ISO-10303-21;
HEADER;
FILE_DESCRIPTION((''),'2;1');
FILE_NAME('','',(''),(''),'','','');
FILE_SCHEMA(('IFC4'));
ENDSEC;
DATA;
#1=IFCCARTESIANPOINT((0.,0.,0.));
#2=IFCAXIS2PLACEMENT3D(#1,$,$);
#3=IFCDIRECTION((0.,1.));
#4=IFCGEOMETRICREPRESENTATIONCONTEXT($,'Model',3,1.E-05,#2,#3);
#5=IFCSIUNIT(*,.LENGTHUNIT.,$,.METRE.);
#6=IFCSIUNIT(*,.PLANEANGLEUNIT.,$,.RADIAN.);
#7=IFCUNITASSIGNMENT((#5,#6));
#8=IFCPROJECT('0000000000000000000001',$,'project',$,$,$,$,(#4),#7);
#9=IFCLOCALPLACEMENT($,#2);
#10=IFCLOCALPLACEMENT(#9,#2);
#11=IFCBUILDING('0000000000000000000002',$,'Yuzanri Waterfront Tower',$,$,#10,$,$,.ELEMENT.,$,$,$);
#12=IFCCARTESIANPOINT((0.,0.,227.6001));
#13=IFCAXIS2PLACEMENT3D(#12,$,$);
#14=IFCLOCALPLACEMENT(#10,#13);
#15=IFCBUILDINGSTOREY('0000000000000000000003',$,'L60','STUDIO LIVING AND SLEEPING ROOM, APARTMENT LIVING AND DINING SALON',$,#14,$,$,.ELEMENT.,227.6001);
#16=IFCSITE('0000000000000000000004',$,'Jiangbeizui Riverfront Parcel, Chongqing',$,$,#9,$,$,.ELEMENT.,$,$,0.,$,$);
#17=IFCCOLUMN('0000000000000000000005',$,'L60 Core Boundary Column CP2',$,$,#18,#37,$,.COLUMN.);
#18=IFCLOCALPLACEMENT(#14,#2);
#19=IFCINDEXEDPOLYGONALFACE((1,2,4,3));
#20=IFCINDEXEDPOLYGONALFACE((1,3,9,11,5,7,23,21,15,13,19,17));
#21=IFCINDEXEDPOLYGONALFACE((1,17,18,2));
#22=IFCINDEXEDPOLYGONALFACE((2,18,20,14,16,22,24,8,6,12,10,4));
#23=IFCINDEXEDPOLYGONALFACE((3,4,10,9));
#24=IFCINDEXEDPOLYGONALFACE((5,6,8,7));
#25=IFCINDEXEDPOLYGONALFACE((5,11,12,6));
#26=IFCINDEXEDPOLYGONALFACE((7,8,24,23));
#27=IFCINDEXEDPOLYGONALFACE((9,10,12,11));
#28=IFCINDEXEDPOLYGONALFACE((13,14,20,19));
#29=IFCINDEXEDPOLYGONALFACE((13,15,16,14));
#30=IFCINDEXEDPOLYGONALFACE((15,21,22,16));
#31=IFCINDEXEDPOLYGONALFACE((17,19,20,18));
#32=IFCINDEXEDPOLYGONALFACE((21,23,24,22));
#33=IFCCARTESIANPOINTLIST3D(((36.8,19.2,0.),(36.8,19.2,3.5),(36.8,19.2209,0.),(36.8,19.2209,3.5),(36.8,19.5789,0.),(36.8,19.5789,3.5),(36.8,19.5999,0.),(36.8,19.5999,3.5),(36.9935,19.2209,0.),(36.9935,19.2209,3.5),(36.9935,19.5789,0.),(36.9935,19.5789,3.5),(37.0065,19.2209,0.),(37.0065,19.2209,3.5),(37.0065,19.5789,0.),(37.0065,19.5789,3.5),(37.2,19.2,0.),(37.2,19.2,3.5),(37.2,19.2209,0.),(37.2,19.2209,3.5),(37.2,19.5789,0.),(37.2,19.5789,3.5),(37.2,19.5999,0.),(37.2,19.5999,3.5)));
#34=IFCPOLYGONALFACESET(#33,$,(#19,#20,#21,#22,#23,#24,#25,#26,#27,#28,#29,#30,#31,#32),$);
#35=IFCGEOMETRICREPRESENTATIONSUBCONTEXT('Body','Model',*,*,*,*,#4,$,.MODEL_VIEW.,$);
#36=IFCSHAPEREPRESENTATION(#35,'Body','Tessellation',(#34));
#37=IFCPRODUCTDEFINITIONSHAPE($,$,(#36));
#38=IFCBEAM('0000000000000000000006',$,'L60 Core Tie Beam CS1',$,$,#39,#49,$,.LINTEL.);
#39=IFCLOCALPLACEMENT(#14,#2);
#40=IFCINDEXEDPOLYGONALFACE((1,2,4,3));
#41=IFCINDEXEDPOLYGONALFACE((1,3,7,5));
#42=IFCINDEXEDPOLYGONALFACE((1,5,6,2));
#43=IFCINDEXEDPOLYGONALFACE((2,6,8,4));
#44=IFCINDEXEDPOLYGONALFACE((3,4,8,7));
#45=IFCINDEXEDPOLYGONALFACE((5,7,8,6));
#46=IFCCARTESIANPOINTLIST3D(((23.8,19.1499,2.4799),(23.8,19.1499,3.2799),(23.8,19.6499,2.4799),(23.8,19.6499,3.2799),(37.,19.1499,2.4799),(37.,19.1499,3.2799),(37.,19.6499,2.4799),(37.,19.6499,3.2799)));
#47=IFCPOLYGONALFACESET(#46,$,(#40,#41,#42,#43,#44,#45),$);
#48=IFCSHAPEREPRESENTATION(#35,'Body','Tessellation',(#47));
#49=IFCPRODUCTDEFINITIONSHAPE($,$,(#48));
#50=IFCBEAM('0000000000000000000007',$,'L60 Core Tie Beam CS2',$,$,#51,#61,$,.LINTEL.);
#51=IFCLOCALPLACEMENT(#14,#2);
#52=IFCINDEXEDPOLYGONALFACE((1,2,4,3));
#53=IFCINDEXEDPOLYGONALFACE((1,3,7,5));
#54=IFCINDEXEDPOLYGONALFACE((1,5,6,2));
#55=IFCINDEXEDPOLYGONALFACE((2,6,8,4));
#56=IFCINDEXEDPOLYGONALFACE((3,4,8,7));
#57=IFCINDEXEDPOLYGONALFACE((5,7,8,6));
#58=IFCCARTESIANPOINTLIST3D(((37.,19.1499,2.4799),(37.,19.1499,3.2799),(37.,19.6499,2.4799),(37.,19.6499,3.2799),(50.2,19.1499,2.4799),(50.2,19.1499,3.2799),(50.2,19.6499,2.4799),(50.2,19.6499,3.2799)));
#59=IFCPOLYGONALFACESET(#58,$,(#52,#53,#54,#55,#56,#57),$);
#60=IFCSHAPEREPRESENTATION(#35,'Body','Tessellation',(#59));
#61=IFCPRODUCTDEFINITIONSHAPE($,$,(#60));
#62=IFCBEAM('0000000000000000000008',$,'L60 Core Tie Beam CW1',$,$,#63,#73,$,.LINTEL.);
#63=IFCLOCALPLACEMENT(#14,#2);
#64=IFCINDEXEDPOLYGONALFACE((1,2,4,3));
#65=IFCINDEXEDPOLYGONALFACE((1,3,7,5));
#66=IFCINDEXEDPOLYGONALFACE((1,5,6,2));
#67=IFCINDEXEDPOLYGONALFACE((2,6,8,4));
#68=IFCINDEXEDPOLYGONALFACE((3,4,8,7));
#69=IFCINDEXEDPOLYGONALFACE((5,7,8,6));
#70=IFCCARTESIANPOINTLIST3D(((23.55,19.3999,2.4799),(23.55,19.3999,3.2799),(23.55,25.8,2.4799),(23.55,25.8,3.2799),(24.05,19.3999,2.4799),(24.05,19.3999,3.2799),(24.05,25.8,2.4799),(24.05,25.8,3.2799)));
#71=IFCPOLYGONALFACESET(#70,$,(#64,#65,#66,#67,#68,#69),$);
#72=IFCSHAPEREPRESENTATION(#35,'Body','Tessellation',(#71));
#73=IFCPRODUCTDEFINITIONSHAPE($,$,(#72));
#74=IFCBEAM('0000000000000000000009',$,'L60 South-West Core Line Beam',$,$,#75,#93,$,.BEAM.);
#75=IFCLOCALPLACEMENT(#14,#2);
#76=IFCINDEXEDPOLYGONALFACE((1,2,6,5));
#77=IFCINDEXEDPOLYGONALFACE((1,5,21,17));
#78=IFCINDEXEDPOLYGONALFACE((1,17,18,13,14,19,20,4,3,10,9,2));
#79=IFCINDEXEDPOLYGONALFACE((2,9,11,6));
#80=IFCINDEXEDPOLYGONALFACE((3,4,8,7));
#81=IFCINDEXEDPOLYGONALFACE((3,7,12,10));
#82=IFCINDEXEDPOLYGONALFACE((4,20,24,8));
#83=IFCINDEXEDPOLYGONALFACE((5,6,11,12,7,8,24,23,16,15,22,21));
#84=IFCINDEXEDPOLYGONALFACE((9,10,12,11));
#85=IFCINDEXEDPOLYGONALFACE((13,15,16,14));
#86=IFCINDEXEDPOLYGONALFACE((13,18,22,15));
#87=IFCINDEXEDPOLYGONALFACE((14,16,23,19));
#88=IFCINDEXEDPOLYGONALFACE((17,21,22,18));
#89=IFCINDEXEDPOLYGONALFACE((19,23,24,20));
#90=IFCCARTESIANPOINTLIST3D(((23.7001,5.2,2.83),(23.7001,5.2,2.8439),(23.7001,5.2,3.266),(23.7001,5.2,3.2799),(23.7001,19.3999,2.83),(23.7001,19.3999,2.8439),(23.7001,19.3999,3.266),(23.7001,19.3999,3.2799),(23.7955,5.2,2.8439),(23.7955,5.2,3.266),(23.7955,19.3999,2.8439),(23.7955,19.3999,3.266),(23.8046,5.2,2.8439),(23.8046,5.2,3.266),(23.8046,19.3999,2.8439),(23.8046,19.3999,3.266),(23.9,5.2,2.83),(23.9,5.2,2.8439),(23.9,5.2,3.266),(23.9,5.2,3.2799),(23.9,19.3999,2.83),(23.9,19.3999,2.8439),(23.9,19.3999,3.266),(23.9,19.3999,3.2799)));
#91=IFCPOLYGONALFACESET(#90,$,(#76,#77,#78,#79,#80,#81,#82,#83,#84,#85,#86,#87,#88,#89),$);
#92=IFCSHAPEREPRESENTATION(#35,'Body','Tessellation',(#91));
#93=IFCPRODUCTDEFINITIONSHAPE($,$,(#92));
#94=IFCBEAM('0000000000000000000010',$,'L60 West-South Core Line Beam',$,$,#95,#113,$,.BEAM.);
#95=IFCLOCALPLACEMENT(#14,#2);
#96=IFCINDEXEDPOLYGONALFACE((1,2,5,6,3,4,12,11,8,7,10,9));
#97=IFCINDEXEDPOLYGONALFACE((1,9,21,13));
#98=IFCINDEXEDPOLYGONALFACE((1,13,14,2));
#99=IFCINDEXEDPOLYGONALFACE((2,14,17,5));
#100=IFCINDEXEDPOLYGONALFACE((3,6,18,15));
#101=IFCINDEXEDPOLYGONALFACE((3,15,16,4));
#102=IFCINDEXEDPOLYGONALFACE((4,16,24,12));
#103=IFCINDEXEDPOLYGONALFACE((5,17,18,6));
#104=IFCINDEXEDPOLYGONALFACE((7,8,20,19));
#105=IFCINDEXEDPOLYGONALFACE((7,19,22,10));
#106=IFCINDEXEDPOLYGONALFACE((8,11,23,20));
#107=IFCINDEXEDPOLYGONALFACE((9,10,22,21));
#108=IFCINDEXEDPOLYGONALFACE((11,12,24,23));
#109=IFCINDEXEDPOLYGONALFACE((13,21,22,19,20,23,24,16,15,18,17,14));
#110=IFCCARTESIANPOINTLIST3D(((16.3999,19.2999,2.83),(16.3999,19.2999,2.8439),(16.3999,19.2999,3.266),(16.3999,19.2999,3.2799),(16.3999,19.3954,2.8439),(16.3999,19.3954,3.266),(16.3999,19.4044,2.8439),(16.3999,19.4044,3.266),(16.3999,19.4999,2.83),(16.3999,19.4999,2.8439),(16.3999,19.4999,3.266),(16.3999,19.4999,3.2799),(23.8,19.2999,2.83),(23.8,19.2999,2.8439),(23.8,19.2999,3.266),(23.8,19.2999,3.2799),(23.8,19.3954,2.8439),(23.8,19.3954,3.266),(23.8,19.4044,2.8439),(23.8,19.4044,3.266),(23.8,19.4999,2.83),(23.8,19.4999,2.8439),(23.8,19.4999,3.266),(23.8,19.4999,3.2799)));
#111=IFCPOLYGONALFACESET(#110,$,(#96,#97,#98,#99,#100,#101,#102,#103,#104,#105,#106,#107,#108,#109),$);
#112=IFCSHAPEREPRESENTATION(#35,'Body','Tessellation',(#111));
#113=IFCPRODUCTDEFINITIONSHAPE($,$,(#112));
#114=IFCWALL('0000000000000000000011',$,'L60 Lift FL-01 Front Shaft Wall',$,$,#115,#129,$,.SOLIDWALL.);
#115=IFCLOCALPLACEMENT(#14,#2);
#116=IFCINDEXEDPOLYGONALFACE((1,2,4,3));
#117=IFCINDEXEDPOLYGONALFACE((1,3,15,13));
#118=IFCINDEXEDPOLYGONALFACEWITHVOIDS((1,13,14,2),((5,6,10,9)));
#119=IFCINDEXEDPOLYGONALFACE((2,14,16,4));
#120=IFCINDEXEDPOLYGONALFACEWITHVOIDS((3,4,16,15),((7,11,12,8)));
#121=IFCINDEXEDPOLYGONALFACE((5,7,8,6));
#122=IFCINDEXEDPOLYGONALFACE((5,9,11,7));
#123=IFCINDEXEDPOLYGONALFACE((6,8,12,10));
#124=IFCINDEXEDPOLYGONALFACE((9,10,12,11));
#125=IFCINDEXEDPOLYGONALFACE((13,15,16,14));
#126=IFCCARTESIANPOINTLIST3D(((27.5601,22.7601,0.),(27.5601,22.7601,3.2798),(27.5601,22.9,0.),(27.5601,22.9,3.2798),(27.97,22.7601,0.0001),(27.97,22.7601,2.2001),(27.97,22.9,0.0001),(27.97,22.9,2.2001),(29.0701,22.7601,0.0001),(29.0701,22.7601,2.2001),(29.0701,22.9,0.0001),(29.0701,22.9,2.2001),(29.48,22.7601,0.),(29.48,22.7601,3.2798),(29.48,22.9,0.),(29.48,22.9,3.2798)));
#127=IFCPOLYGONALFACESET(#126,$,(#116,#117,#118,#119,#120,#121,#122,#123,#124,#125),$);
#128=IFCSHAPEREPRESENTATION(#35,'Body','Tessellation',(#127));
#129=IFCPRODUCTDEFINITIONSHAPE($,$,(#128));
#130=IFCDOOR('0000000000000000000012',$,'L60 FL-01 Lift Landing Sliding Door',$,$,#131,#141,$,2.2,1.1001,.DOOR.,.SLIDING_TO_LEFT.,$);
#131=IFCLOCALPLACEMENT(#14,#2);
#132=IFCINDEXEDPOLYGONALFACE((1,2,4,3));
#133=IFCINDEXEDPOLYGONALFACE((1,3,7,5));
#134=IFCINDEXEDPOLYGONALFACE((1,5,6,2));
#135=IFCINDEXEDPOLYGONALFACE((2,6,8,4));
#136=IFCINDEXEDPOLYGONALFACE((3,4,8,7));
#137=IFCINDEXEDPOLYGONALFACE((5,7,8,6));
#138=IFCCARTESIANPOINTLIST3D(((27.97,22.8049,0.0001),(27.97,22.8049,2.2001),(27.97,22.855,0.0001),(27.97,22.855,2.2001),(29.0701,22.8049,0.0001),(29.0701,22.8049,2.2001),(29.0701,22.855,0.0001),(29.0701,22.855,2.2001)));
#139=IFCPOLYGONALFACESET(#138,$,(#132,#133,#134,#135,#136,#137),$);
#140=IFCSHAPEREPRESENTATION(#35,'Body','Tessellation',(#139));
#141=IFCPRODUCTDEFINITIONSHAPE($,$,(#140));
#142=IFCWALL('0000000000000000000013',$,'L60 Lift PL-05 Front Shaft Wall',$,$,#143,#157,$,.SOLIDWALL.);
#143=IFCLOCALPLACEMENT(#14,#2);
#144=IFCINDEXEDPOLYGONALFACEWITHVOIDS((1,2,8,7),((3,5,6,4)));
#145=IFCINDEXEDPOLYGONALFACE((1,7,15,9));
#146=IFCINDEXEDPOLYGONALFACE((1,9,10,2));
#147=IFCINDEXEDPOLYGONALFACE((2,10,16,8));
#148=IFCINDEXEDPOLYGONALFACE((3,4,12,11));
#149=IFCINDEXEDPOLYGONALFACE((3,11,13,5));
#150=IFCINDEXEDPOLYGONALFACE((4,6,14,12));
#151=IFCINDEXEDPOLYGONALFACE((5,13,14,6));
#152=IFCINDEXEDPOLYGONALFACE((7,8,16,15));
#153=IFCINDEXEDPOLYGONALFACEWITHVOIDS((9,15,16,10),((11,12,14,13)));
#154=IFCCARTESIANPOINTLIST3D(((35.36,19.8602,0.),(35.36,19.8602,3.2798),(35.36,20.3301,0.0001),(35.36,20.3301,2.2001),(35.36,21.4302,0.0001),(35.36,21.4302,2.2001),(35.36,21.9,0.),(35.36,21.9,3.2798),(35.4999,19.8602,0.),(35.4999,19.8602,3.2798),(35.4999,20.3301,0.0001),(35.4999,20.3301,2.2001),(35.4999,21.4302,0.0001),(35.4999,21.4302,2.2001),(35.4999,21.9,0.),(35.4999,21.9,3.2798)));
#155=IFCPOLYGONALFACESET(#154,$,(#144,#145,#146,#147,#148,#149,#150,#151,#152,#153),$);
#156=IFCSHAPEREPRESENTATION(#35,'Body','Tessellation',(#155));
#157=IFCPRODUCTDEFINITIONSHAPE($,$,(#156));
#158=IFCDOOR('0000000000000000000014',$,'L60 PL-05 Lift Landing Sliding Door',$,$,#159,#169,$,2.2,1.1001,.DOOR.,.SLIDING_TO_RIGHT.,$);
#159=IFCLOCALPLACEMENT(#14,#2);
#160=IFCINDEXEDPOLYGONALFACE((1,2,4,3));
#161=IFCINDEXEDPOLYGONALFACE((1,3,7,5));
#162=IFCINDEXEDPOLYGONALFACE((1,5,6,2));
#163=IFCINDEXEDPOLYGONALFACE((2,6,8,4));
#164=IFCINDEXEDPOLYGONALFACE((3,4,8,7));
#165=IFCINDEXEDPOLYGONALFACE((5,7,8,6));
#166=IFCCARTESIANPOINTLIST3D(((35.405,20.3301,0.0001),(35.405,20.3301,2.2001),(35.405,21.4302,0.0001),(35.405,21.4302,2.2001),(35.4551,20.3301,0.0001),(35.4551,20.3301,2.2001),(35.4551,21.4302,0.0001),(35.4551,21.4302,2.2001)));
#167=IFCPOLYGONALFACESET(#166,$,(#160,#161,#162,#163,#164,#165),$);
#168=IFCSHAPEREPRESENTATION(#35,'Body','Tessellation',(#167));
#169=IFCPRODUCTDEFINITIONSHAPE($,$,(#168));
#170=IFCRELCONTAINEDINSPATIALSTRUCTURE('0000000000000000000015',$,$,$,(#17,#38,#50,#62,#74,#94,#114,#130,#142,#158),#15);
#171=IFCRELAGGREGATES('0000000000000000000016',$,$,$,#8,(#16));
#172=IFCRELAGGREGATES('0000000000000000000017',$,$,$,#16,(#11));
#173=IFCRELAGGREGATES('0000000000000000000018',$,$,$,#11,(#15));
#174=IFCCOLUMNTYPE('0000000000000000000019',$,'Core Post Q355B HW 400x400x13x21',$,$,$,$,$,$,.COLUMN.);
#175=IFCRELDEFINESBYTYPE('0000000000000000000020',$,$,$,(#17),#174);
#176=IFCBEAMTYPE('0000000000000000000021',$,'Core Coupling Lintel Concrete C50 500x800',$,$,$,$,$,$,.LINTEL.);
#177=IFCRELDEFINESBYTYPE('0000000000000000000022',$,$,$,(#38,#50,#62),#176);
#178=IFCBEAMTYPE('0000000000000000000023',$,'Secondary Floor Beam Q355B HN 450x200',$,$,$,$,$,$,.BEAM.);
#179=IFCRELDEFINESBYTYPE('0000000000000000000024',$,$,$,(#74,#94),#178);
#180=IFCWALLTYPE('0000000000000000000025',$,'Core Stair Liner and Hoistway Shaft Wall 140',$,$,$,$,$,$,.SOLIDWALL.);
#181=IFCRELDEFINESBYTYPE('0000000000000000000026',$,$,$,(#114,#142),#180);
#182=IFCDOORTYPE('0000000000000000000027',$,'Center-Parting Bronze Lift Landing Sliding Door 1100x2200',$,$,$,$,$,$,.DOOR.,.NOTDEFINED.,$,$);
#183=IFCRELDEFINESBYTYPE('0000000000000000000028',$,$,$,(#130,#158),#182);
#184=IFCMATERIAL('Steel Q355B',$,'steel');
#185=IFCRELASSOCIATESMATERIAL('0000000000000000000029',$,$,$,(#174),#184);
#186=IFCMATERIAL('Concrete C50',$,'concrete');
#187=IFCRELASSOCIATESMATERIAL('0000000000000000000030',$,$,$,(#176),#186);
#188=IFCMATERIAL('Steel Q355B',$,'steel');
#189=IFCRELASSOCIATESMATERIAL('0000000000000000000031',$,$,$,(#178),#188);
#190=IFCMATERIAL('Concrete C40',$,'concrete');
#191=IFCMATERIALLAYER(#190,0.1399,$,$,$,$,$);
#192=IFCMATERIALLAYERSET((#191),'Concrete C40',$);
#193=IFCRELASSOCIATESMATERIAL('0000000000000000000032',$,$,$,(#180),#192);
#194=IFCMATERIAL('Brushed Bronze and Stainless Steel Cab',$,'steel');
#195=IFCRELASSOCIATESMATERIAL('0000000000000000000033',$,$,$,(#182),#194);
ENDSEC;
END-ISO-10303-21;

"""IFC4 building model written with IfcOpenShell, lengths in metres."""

from ifc_helpers import new_model, si_unit, direction, frame, frame_2d, origin, origin_2d, place, context, subcontext, project, spatial, rectangle, i_section, extrude, source, transform, mapped, material, layer, layer_set, material_profile, profile_set, type_object, element, fill, save


model = new_model("IFC4")

# Units and contexts
model_context = context("Model", 3, precision=1e-05, world=origin(), true_north=direction((0.0, 1.0)))
body_context = subcontext(model_context, "Body", "Model", "MODEL_VIEW")
ifc_project = project(units=[si_unit("LENGTHUNIT", "METRE"), si_unit("PLANEANGLEUNIT", "RADIAN")], contexts=[model_context])

# Site, building, storey
site_placement = place(None, origin())
site = spatial("IfcSite", under=ifc_project, at=site_placement, Name="Jiangbeizui Riverfront Parcel, Chongqing", CompositionType="ELEMENT", RefElevation=0.0)
building_placement = place(site_placement, origin())
building = spatial("IfcBuilding", under=site, at=building_placement, Name="Yuzanri Waterfront Tower", CompositionType="ELEMENT")
storey_placement = place(building_placement, frame((0.0, 0.0, 227.6001)))
storey = spatial("IfcBuildingStorey", under=building, at=storey_placement, Name="L60", Description="STUDIO LIVING AND SLEEPING ROOM, APARTMENT LIVING AND DINING SALON", CompositionType="ELEMENT", Elevation=227.6001)

# Column
ifc_material_1 = material(Name="Steel Q355B", Category="steel")
ifc_material_profile_1 = material_profile(ifc_material_1, i_section(OverallWidth=0.3999, OverallDepth=0.3999, WebThickness=0.0129, FlangeThickness=0.021, at=origin_2d()), Name="HW 400x400x13x21")
ifc_profile_set_1 = profile_set([ifc_material_profile_1], Name="Steel Q355B")
column_type = type_object("IfcColumnType", Name="Core Post Q355B HW 400x400x13x21", PredefinedType="COLUMN", material=ifc_profile_set_1)
shared_shape_1 = source(origin(), body_context, "Body", "SweptSolid", [
    extrude(i_section(OverallWidth=0.3999, OverallDepth=0.3999, WebThickness=0.0129, FlangeThickness=0.021, at=origin_2d()), origin(), (0.0, 0.0, 1.0), 3.5),
])
column_placement = place(storey_placement, frame((37.0, 19.3999, 0.0), z_axis=(0.0, 0.0, 1.0), x_axis=(1.0, 0.0, 0.0)))
element("IfcColumn", 1, at=column_placement, inside=storey, type_object=column_type, Name="L60 Core Boundary Column CP2", PredefinedType="COLUMN", context=body_context, shape_type="MappedRepresentation", body=[
    mapped(shared_shape_1, transform((0.0, 0.0, 0.0), scale=1.0)),
])

# Beams
ifc_material_2 = material(Name="Concrete C50", Category="concrete")
ifc_material_profile_2 = material_profile(ifc_material_2, rectangle(XDim=0.5, YDim=0.8, at=origin_2d()), Name="RC 500x800")
ifc_profile_set_2 = profile_set([ifc_material_profile_2], Name="Concrete C50")
beam_type_1 = type_object("IfcBeamType", Name="Core Coupling Lintel Concrete C50 500x800", PredefinedType="LINTEL", material=ifc_profile_set_2)
shared_shape_2 = source(origin(), body_context, "Body", "SweptSolid", [
    extrude(rectangle(XDim=0.5, YDim=0.8, at=origin_2d()), origin(), (0.0, 0.0, 1.0), 13.2),
])
for number, where, z_axis, x_axis, name in (
    (2, (23.8, 19.3999, 2.8799), (1.0, 0.0, 0.0), (0.0, 1.0, 0.0), "L60 Core Tie Beam CS1"),
    (3, (37.0, 19.3999, 2.8799), (1.0, 0.0, 0.0), (0.0, 1.0, 0.0), "L60 Core Tie Beam CS2"),
):
    element("IfcBeam", number, at=place(storey_placement, frame(where, z_axis=z_axis, x_axis=x_axis)), inside=storey, type_object=beam_type_1, Name=name, PredefinedType="LINTEL", context=body_context, shape_type="MappedRepresentation", body=[
        mapped(shared_shape_2, transform((0.0, 0.0, 0.0), scale=1.0)),
    ])
shared_shape_3 = source(origin(), body_context, "Body", "SweptSolid", [
    extrude(rectangle(XDim=0.5, YDim=0.8, at=origin_2d()), origin(), (0.0, 0.0, 1.0), 6.4001),
])
beam_1_placement = place(storey_placement, frame((23.8, 19.3999, 2.8799), z_axis=(0.0, 1.0, 0.0), x_axis=(-1.0, 0.0, 0.0)))
element("IfcBeam", 4, at=beam_1_placement, inside=storey, type_object=beam_type_1, Name="L60 Core Tie Beam CW1", PredefinedType="LINTEL", context=body_context, shape_type="MappedRepresentation", body=[
    mapped(shared_shape_3, transform((0.0, 0.0, 0.0), scale=1.0)),
])
ifc_material_3 = material(Name="Steel Q355B", Category="steel")
ifc_material_profile_3 = material_profile(ifc_material_3, i_section(OverallWidth=0.2, OverallDepth=0.45, WebThickness=0.009, FlangeThickness=0.0139, at=origin_2d()), Name="HN 450x200x9x14")
ifc_profile_set_3 = profile_set([ifc_material_profile_3], Name="Steel Q355B")
beam_type_2 = type_object("IfcBeamType", Name="Secondary Floor Beam Q355B HN 450x200", PredefinedType="BEAM", material=ifc_profile_set_3)
shared_shape_4 = source(origin(), body_context, "Body", "SweptSolid", [
    extrude(i_section(OverallWidth=0.2, OverallDepth=0.45, WebThickness=0.009, FlangeThickness=0.0139, at=origin_2d()), origin(), (0.0, 0.0, 1.0), 14.2),
])
beam_2_placement = place(storey_placement, frame((23.8, 19.3999, 3.0549), z_axis=(0.0, -1.0, 0.0), x_axis=(1.0, 0.0, 0.0)))
element("IfcBeam", 5, at=beam_2_placement, inside=storey, type_object=beam_type_2, Name="L60 South-West Core Line Beam", PredefinedType="BEAM", context=body_context, shape_type="MappedRepresentation", body=[
    mapped(shared_shape_4, transform((0.0, 0.0, 0.0), scale=1.0)),
])
shared_shape_5 = source(origin(), body_context, "Body", "SweptSolid", [
    extrude(i_section(OverallWidth=0.2, OverallDepth=0.45, WebThickness=0.009, FlangeThickness=0.0139, at=origin_2d()), origin(), (0.0, 0.0, 1.0), 7.4001),
])
beam_3_placement = place(storey_placement, frame((23.8, 19.3999, 3.0549), z_axis=(-1.0, 0.0, 0.0), x_axis=(0.0, -1.0, 0.0)))
element("IfcBeam", 6, at=beam_3_placement, inside=storey, type_object=beam_type_2, Name="L60 West-South Core Line Beam", PredefinedType="BEAM", context=body_context, shape_type="MappedRepresentation", body=[
    mapped(shared_shape_5, transform((0.0, 0.0, 0.0), scale=1.0)),
])

# Walls, openings, doors
ifc_material_4 = material(Name="Concrete C40", Category="concrete")
ifc_layer_1 = layer(ifc_material_4, 0.1399)
ifc_layer_set_1 = layer_set([ifc_layer_1], Name="Concrete C40")
wall_type_1 = type_object("IfcWallType", Name="Core Stair Liner and Hoistway Shaft Wall 140", PredefinedType="SOLIDWALL", material=ifc_layer_set_1)
wall_1_placement = place(storey_placement, frame((27.5601, 22.8301, 0.0), z_axis=(0.0, 0.0, 1.0), x_axis=(1.0, 0.0, 0.0)))
wall_1 = element("IfcWall", 7, at=wall_1_placement, inside=storey, type_object=wall_type_1, Name="L60 Lift FL-01 Front Shaft Wall", PredefinedType="SOLIDWALL", context=body_context, shape_type="SweptSolid", body=[
    extrude(rectangle(XDim=1.9199, YDim=0.1399, at=frame_2d((0.96, 0.0))), origin(), (0.0, 0.0, 1.0), 3.2798),
])
opening_1_placement = place(wall_1_placement, frame((0.4099, 0.0, 0.0)))
opening_1 = element("IfcOpeningElement", 8, at=opening_1_placement, cuts=wall_1, PredefinedType="OPENING", context=body_context, shape_type="SweptSolid", body=[
    extrude(rectangle(XDim=1.1001, YDim=2.2, at=frame_2d((0.55, 1.1001))), frame((0.0, 0.085, 0.0), z_axis=(0.0, -1.0, 0.0), x_axis=(1.0, 0.0, 0.0)), (0.0, 0.0, 1.0), 0.1697),
])
ifc_material_5 = material(Name="Brushed Bronze and Stainless Steel Cab", Category="steel")
door_type_1 = type_object("IfcDoorType", Name="Center-Parting Bronze Lift Landing Sliding Door 1100x2200", OperationType="NOTDEFINED", PredefinedType="DOOR", material=ifc_material_5)
shared_shape_6 = source(origin(), body_context, "Body", "SweptSolid", [
    extrude(rectangle(XDim=1.1001, YDim=2.2, at=frame_2d((0.55, 1.1001))), frame((0.0, 0.0249, 0.0), z_axis=(0.0, -1.0, 0.0), x_axis=(1.0, 0.0, 0.0)), (0.0, 0.0, 1.0), 0.05),
])
door_1_placement = place(opening_1_placement, origin())
door_1 = element("IfcDoor", 9, at=door_1_placement, inside=storey, type_object=door_type_1, Name="L60 FL-01 Lift Landing Sliding Door", OperationType="SLIDING_TO_LEFT", OverallHeight=2.2, OverallWidth=1.1001, PredefinedType="DOOR", context=body_context, shape_type="MappedRepresentation", body=[
    mapped(shared_shape_6, transform((0.0, 0.0, 0.0), scale=1.0)),
])
fill(opening_1, door_1)
wall_2_placement = place(storey_placement, frame((35.4299, 19.8601, 0.0), z_axis=(0.0, 0.0, 1.0), x_axis=(0.0, 1.0, 0.0)))
wall_2 = element("IfcWall", 10, at=wall_2_placement, inside=storey, type_object=wall_type_1, Name="L60 Lift PL-05 Front Shaft Wall", PredefinedType="SOLIDWALL", context=body_context, shape_type="SweptSolid", body=[
    extrude(rectangle(XDim=2.0398, YDim=0.1399, at=frame_2d((1.02, 0.0))), origin(), (0.0, 0.0, 1.0), 3.2798),
])
opening_2_placement = place(wall_2_placement, frame((0.47, 0.0, 0.0)))
opening_2 = element("IfcOpeningElement", 11, at=opening_2_placement, cuts=wall_2, PredefinedType="OPENING", context=body_context, shape_type="SweptSolid", body=[
    extrude(rectangle(XDim=1.1001, YDim=2.2, at=frame_2d((0.55, 1.1001))), frame((0.0, 0.085, 0.0), z_axis=(0.0, -1.0, 0.0), x_axis=(1.0, 0.0, 0.0)), (0.0, 0.0, 1.0), 0.1697),
])
door_2_placement = place(opening_2_placement, origin())
door_2 = element("IfcDoor", 12, at=door_2_placement, inside=storey, type_object=door_type_1, Name="L60 PL-05 Lift Landing Sliding Door", OperationType="SLIDING_TO_RIGHT", OverallHeight=2.2, OverallWidth=1.1001, PredefinedType="DOOR", context=body_context, shape_type="MappedRepresentation", body=[
    mapped(shared_shape_6, transform((0.0, 0.0, 0.0), scale=1.0)),
])
fill(opening_2, door_2)

save(model, "model.ifc")
